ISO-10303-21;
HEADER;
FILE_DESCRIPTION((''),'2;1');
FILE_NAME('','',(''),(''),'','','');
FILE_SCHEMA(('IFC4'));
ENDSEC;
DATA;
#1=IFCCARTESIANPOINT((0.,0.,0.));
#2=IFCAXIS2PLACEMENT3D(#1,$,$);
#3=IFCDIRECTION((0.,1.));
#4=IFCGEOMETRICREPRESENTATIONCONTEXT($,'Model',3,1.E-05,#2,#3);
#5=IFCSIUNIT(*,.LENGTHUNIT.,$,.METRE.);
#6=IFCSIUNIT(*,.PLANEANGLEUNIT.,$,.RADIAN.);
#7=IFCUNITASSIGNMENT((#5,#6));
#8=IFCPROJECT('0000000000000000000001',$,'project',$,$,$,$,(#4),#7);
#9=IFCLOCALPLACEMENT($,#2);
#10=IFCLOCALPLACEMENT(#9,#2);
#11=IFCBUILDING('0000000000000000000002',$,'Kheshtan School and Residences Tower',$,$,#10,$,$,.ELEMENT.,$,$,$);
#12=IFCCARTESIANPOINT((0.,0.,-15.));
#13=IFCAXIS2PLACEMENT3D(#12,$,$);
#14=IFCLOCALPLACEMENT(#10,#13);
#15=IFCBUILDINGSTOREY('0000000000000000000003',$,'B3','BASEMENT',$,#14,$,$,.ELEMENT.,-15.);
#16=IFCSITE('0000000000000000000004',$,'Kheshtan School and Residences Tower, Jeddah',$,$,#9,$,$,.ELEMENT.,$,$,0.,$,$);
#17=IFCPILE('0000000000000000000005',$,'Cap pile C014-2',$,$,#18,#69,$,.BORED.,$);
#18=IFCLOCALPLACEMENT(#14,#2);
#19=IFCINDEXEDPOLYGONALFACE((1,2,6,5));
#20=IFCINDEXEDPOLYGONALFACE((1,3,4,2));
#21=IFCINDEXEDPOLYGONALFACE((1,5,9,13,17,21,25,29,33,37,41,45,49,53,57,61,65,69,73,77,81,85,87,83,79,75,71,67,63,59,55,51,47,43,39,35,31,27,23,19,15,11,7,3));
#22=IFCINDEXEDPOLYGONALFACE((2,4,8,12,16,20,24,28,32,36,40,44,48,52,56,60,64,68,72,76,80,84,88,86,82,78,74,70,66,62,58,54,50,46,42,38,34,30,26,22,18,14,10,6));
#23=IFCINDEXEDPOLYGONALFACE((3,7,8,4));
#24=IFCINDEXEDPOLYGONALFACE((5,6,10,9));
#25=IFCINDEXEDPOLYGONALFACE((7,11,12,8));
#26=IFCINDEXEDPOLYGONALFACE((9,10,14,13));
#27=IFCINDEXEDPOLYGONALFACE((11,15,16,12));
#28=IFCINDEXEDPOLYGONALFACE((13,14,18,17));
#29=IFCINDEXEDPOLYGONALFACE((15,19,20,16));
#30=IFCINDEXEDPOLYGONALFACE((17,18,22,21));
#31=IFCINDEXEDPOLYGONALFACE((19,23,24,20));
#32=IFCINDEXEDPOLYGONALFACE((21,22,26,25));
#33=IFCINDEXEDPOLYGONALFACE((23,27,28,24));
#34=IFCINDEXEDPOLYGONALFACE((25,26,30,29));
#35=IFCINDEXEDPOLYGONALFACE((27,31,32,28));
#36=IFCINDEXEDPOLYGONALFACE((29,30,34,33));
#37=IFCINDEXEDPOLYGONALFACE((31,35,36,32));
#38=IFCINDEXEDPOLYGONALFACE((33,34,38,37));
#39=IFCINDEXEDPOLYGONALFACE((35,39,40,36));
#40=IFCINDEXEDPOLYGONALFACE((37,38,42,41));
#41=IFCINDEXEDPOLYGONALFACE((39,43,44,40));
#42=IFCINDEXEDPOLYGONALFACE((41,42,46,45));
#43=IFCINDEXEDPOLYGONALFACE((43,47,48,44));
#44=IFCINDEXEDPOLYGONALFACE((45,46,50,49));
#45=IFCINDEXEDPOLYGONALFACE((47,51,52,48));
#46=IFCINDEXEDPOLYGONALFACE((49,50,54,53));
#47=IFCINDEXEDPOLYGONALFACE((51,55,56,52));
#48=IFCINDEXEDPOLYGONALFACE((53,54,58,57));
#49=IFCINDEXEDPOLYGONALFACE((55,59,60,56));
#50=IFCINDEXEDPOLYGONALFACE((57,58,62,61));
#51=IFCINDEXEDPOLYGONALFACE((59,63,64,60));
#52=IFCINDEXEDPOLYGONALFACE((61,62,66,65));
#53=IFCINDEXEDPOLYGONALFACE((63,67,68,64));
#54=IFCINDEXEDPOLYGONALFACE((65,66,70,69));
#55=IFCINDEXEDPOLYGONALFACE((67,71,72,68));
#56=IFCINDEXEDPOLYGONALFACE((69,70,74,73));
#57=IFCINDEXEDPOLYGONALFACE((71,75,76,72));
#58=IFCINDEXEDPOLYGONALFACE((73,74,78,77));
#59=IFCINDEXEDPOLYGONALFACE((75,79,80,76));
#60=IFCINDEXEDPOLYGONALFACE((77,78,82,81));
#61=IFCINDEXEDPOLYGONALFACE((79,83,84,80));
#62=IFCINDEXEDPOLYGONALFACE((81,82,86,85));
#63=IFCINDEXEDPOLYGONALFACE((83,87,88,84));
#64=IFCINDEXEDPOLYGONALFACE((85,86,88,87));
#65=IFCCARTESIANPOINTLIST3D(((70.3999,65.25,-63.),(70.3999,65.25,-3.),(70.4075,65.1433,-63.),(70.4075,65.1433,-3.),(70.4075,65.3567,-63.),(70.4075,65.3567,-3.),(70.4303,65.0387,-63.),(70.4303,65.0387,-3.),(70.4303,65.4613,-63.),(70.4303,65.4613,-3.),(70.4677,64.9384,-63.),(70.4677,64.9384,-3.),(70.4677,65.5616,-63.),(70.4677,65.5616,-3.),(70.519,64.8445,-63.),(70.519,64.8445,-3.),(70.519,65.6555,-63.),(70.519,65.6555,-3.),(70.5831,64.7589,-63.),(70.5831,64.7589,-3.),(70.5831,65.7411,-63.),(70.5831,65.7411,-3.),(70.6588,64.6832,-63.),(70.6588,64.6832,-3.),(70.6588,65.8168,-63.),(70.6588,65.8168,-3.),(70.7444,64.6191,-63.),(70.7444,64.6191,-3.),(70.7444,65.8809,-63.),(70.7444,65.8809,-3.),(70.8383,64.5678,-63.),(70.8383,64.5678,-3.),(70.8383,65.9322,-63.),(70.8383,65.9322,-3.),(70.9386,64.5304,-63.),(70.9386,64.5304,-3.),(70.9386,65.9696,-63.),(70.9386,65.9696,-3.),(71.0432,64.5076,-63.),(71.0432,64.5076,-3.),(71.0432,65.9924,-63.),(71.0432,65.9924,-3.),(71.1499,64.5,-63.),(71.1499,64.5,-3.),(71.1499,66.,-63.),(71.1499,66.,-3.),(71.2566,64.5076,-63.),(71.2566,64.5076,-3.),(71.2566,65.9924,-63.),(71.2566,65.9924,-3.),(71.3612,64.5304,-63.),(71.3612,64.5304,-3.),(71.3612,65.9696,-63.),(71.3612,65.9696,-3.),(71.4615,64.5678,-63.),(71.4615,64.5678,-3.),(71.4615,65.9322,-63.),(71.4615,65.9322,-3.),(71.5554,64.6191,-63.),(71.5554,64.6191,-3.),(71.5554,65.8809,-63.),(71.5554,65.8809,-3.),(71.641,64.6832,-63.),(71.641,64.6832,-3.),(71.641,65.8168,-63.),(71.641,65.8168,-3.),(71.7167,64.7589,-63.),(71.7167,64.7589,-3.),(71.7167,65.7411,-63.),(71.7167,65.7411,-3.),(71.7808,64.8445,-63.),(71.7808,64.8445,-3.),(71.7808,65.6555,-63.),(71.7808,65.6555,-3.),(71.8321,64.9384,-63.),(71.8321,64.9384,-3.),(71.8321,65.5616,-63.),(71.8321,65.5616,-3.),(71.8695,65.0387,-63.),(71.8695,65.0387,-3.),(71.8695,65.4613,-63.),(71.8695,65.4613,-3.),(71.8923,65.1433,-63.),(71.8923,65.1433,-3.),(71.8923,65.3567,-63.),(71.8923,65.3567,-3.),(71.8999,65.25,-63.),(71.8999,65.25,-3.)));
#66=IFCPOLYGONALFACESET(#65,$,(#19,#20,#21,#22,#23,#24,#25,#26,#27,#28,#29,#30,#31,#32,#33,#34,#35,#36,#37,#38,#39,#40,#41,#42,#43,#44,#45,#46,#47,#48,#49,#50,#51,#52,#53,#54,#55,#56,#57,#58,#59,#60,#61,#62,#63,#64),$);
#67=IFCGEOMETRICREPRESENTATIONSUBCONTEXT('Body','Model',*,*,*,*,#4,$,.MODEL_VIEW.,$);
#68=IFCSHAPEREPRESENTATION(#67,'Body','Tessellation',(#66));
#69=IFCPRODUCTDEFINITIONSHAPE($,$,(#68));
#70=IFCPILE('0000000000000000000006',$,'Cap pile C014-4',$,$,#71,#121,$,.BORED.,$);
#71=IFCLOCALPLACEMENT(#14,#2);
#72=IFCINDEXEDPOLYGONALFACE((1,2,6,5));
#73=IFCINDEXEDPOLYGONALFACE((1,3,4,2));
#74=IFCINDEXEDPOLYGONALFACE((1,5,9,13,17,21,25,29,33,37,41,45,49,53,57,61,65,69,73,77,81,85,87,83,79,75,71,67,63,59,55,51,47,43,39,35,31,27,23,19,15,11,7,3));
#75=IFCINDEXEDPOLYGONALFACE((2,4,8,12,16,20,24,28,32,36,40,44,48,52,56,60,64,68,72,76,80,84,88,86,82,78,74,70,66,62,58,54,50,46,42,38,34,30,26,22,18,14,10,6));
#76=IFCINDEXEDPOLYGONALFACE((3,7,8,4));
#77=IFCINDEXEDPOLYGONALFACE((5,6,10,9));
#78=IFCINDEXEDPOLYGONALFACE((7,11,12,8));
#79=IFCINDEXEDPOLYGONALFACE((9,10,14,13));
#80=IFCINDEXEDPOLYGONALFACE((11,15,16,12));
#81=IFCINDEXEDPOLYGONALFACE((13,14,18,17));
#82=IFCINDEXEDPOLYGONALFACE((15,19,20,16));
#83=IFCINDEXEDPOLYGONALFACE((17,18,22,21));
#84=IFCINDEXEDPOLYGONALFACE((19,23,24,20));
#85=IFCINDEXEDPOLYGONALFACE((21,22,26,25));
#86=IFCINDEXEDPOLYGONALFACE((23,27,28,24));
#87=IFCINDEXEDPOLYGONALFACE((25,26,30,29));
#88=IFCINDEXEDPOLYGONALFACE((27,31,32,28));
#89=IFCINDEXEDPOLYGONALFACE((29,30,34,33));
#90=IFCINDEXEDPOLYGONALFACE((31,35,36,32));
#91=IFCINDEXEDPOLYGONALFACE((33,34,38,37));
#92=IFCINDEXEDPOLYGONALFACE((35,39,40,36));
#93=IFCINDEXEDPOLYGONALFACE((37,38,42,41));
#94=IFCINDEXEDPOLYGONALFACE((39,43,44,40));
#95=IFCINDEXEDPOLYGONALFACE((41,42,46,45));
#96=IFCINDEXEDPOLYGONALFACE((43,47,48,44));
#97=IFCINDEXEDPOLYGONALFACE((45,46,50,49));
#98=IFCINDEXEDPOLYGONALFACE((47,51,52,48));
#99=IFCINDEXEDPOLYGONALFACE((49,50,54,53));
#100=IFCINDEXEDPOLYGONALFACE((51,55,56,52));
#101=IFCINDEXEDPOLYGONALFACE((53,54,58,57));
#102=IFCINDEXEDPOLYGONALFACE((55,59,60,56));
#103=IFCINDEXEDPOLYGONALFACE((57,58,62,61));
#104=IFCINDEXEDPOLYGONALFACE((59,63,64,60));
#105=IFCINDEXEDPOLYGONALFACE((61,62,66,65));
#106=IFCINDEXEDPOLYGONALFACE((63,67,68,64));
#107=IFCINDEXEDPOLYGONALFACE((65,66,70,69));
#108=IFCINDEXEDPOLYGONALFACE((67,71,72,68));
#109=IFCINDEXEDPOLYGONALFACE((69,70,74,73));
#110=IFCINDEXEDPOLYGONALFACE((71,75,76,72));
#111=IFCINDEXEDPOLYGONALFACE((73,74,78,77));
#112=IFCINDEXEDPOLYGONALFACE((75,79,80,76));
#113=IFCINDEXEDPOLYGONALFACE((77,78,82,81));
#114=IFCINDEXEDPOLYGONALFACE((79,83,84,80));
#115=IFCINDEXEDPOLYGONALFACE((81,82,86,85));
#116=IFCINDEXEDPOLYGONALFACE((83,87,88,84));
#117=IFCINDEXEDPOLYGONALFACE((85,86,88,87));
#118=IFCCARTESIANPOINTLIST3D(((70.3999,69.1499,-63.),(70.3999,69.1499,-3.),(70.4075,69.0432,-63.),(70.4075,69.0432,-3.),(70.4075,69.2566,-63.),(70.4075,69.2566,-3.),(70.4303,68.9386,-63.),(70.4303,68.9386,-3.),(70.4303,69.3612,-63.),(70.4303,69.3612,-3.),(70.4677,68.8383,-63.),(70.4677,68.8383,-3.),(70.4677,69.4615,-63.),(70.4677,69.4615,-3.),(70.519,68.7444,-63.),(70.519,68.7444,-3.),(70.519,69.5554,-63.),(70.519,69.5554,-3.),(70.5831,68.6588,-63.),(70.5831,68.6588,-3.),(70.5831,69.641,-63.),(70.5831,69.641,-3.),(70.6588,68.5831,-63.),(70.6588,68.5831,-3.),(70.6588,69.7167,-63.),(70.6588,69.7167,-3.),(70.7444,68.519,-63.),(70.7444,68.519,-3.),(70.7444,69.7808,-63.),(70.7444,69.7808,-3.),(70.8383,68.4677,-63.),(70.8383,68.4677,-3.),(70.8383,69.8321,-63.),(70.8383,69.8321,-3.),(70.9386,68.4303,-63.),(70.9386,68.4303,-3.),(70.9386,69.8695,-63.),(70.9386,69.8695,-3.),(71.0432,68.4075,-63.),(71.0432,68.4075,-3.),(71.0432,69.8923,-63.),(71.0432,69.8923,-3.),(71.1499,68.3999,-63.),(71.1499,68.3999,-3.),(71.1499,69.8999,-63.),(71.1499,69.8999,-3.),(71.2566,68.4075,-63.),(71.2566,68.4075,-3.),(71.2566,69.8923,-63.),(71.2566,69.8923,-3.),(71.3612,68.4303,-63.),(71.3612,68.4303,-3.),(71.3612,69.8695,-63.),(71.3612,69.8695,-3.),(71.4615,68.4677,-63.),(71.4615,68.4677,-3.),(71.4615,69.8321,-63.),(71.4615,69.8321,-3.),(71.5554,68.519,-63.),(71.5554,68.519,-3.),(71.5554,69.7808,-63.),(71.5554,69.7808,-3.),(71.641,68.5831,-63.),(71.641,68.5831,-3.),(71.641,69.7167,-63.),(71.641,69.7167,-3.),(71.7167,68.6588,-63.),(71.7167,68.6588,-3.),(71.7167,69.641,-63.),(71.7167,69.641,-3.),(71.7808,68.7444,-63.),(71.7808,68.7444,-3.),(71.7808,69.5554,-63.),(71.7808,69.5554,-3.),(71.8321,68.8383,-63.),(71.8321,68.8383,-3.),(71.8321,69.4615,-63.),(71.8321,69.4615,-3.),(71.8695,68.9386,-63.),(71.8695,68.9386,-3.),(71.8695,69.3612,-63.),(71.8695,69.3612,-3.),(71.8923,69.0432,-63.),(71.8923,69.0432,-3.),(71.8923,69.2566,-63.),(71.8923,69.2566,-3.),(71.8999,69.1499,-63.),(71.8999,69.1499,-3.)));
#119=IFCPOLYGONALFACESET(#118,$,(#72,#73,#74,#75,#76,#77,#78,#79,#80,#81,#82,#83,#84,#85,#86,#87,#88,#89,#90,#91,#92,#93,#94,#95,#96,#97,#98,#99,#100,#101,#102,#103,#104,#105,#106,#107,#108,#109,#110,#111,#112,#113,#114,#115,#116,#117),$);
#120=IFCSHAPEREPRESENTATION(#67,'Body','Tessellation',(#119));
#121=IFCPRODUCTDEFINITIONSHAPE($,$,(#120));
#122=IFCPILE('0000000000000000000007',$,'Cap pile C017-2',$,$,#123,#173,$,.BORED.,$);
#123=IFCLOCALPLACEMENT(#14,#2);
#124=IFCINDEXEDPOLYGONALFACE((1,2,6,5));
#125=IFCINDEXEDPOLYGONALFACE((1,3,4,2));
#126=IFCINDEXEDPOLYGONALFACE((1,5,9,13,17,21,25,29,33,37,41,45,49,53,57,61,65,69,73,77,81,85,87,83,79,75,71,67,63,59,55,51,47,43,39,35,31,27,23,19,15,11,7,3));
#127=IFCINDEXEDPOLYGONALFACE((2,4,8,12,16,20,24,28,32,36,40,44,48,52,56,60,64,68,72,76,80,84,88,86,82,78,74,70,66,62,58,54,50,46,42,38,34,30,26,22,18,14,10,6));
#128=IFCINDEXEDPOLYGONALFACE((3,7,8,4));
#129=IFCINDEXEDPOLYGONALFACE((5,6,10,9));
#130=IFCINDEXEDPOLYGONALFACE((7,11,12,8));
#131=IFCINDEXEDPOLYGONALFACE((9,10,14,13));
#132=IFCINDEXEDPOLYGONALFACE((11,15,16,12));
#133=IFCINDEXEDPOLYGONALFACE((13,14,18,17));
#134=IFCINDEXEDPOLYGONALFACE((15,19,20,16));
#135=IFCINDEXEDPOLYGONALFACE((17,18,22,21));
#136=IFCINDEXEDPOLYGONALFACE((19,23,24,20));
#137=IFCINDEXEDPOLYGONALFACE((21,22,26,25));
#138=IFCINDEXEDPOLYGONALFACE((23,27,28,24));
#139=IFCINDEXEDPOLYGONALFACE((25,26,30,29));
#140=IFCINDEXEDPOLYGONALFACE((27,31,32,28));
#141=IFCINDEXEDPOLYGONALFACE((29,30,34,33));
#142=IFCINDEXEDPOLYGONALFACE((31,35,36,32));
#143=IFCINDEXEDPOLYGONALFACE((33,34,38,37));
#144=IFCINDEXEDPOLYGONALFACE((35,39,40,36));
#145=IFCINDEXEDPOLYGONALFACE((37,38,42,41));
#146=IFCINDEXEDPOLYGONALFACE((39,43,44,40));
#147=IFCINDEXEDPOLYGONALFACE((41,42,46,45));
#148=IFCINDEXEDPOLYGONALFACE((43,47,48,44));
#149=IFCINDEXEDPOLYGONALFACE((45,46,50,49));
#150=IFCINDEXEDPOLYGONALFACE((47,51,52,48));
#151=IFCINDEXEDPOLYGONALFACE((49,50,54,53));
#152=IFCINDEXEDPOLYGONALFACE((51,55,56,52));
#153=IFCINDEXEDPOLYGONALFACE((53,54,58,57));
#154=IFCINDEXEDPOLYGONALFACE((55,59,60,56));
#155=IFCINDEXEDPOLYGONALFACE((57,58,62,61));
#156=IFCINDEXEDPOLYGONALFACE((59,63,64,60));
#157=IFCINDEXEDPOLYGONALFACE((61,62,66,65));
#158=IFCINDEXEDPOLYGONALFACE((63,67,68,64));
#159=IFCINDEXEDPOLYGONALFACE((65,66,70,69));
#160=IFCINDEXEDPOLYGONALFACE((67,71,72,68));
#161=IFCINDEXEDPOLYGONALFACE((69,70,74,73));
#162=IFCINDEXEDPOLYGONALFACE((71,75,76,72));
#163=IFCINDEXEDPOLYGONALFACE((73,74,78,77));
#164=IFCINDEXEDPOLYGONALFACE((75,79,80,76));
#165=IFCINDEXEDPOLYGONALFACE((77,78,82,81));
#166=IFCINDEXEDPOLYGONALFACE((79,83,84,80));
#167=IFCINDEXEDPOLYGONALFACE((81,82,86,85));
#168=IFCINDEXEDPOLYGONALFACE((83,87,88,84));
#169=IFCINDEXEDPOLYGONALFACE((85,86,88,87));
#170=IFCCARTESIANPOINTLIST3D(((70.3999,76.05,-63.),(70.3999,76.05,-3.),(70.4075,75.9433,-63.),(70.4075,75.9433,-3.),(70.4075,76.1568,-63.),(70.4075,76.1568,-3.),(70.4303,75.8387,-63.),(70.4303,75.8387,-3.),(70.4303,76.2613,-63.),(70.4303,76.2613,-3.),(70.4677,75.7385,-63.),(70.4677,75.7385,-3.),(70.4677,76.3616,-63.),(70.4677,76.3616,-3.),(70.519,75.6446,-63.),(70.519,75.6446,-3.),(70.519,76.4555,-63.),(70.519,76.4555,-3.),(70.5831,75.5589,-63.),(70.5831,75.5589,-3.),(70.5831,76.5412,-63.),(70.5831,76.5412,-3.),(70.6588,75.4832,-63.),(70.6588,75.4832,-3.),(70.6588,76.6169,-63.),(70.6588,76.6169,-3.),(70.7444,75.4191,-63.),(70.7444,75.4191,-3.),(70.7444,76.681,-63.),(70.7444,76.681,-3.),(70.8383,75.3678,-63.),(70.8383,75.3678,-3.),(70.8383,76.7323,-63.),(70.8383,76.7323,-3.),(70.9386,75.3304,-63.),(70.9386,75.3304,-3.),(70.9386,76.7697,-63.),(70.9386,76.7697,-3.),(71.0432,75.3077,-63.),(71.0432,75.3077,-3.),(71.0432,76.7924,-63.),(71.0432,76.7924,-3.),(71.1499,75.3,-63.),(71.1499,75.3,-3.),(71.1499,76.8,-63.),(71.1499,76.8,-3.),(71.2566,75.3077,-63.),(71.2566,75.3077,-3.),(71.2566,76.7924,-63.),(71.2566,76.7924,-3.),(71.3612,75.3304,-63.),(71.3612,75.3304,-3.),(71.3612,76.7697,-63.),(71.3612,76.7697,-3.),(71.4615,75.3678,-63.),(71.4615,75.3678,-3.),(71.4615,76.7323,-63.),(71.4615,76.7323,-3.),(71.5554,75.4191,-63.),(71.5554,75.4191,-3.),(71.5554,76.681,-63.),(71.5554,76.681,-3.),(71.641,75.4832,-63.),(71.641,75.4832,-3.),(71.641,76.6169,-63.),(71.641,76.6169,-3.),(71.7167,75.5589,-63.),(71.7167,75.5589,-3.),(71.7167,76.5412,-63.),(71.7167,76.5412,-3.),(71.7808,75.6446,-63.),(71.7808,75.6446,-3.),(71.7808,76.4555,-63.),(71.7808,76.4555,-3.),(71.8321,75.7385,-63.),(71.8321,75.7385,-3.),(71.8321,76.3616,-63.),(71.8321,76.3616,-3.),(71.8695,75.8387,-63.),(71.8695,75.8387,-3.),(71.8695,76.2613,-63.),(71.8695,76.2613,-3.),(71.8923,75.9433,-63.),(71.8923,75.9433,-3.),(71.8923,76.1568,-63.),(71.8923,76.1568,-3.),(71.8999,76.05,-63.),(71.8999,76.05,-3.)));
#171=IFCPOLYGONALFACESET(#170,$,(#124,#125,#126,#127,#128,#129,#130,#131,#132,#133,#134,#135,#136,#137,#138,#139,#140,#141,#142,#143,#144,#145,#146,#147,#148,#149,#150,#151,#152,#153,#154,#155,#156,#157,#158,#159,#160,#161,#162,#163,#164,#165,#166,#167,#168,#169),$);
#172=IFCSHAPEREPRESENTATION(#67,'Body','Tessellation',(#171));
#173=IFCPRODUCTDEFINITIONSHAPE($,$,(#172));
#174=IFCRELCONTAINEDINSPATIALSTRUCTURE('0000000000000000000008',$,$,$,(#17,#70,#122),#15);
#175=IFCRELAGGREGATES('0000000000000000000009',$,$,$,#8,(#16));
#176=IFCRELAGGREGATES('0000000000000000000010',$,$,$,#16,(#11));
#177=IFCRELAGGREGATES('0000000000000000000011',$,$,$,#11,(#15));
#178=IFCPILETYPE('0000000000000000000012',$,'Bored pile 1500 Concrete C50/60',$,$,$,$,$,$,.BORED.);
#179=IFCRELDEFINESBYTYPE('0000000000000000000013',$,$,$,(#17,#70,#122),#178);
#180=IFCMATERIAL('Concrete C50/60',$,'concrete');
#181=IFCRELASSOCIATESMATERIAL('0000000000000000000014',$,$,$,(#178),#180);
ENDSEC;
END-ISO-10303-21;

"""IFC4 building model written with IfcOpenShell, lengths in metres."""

from ifc_helpers import new_model, si_unit, direction, frame, origin, origin_2d, place, context, subcontext, project, spatial, circle, extrude, material, material_profile, profile_set, type_object, element, save


model = new_model("IFC4")

# Units and contexts
model_context = context("Model", 3, precision=1e-05, world=origin(), true_north=direction((0.0, 1.0)))
body_context = subcontext(model_context, "Body", "Model", "MODEL_VIEW")
ifc_project = project(units=[si_unit("LENGTHUNIT", "METRE"), si_unit("PLANEANGLEUNIT", "RADIAN")], contexts=[model_context])

# Site, building, storey
site_placement = place(None, origin())
site = spatial("IfcSite", under=ifc_project, at=site_placement, Name="Kheshtan School and Residences Tower, Jeddah", CompositionType="ELEMENT", RefElevation=0.0)
building_placement = place(site_placement, origin())
building = spatial("IfcBuilding", under=site, at=building_placement, Name="Kheshtan School and Residences Tower", CompositionType="ELEMENT")
storey_placement = place(building_placement, frame((0.0, 0.0, -15.0)))
storey = spatial("IfcBuildingStorey", under=building, at=storey_placement, Name="B3", Description="BASEMENT", CompositionType="ELEMENT", Elevation=-15.0)

# Piles
ifc_material_1 = material(Name="Concrete C50/60", Category="concrete")
ifc_material_profile_1 = material_profile(ifc_material_1, circle(Radius=0.75, at=origin_2d()), Name="BP 1500")
ifc_profile_set_1 = profile_set([ifc_material_profile_1], Name="Concrete C50/60")
pile_type = type_object("IfcPileType", Name="Bored pile 1500 Concrete C50/60", PredefinedType="BORED", material=ifc_profile_set_1)
for number, where, z_axis, x_axis, name in (
    (1, (71.1499, 65.25, -3.0), (0.0, 0.0, -1.0), (1.0, 0.0, 0.0), "Cap pile C014-2"),
    (2, (71.1499, 69.1499, -3.0), (0.0, 0.0, -1.0), (1.0, 0.0, 0.0), "Cap pile C014-4"),
    (3, (71.1499, 76.05, -3.0), (0.0, 0.0, -1.0), (1.0, 0.0, 0.0), "Cap pile C017-2"),
):
    element("IfcPile", number, at=place(storey_placement, frame(where, z_axis=z_axis, x_axis=x_axis)), inside=storey, type_object=pile_type, Name=name, PredefinedType="BORED", context=body_context, shape_type="SweptSolid", body=[
        extrude(circle(Radius=0.75, at=origin_2d()), origin(), (0.0, 0.0, 1.0), 60.0),
    ])

save(model, "model.ifc")
